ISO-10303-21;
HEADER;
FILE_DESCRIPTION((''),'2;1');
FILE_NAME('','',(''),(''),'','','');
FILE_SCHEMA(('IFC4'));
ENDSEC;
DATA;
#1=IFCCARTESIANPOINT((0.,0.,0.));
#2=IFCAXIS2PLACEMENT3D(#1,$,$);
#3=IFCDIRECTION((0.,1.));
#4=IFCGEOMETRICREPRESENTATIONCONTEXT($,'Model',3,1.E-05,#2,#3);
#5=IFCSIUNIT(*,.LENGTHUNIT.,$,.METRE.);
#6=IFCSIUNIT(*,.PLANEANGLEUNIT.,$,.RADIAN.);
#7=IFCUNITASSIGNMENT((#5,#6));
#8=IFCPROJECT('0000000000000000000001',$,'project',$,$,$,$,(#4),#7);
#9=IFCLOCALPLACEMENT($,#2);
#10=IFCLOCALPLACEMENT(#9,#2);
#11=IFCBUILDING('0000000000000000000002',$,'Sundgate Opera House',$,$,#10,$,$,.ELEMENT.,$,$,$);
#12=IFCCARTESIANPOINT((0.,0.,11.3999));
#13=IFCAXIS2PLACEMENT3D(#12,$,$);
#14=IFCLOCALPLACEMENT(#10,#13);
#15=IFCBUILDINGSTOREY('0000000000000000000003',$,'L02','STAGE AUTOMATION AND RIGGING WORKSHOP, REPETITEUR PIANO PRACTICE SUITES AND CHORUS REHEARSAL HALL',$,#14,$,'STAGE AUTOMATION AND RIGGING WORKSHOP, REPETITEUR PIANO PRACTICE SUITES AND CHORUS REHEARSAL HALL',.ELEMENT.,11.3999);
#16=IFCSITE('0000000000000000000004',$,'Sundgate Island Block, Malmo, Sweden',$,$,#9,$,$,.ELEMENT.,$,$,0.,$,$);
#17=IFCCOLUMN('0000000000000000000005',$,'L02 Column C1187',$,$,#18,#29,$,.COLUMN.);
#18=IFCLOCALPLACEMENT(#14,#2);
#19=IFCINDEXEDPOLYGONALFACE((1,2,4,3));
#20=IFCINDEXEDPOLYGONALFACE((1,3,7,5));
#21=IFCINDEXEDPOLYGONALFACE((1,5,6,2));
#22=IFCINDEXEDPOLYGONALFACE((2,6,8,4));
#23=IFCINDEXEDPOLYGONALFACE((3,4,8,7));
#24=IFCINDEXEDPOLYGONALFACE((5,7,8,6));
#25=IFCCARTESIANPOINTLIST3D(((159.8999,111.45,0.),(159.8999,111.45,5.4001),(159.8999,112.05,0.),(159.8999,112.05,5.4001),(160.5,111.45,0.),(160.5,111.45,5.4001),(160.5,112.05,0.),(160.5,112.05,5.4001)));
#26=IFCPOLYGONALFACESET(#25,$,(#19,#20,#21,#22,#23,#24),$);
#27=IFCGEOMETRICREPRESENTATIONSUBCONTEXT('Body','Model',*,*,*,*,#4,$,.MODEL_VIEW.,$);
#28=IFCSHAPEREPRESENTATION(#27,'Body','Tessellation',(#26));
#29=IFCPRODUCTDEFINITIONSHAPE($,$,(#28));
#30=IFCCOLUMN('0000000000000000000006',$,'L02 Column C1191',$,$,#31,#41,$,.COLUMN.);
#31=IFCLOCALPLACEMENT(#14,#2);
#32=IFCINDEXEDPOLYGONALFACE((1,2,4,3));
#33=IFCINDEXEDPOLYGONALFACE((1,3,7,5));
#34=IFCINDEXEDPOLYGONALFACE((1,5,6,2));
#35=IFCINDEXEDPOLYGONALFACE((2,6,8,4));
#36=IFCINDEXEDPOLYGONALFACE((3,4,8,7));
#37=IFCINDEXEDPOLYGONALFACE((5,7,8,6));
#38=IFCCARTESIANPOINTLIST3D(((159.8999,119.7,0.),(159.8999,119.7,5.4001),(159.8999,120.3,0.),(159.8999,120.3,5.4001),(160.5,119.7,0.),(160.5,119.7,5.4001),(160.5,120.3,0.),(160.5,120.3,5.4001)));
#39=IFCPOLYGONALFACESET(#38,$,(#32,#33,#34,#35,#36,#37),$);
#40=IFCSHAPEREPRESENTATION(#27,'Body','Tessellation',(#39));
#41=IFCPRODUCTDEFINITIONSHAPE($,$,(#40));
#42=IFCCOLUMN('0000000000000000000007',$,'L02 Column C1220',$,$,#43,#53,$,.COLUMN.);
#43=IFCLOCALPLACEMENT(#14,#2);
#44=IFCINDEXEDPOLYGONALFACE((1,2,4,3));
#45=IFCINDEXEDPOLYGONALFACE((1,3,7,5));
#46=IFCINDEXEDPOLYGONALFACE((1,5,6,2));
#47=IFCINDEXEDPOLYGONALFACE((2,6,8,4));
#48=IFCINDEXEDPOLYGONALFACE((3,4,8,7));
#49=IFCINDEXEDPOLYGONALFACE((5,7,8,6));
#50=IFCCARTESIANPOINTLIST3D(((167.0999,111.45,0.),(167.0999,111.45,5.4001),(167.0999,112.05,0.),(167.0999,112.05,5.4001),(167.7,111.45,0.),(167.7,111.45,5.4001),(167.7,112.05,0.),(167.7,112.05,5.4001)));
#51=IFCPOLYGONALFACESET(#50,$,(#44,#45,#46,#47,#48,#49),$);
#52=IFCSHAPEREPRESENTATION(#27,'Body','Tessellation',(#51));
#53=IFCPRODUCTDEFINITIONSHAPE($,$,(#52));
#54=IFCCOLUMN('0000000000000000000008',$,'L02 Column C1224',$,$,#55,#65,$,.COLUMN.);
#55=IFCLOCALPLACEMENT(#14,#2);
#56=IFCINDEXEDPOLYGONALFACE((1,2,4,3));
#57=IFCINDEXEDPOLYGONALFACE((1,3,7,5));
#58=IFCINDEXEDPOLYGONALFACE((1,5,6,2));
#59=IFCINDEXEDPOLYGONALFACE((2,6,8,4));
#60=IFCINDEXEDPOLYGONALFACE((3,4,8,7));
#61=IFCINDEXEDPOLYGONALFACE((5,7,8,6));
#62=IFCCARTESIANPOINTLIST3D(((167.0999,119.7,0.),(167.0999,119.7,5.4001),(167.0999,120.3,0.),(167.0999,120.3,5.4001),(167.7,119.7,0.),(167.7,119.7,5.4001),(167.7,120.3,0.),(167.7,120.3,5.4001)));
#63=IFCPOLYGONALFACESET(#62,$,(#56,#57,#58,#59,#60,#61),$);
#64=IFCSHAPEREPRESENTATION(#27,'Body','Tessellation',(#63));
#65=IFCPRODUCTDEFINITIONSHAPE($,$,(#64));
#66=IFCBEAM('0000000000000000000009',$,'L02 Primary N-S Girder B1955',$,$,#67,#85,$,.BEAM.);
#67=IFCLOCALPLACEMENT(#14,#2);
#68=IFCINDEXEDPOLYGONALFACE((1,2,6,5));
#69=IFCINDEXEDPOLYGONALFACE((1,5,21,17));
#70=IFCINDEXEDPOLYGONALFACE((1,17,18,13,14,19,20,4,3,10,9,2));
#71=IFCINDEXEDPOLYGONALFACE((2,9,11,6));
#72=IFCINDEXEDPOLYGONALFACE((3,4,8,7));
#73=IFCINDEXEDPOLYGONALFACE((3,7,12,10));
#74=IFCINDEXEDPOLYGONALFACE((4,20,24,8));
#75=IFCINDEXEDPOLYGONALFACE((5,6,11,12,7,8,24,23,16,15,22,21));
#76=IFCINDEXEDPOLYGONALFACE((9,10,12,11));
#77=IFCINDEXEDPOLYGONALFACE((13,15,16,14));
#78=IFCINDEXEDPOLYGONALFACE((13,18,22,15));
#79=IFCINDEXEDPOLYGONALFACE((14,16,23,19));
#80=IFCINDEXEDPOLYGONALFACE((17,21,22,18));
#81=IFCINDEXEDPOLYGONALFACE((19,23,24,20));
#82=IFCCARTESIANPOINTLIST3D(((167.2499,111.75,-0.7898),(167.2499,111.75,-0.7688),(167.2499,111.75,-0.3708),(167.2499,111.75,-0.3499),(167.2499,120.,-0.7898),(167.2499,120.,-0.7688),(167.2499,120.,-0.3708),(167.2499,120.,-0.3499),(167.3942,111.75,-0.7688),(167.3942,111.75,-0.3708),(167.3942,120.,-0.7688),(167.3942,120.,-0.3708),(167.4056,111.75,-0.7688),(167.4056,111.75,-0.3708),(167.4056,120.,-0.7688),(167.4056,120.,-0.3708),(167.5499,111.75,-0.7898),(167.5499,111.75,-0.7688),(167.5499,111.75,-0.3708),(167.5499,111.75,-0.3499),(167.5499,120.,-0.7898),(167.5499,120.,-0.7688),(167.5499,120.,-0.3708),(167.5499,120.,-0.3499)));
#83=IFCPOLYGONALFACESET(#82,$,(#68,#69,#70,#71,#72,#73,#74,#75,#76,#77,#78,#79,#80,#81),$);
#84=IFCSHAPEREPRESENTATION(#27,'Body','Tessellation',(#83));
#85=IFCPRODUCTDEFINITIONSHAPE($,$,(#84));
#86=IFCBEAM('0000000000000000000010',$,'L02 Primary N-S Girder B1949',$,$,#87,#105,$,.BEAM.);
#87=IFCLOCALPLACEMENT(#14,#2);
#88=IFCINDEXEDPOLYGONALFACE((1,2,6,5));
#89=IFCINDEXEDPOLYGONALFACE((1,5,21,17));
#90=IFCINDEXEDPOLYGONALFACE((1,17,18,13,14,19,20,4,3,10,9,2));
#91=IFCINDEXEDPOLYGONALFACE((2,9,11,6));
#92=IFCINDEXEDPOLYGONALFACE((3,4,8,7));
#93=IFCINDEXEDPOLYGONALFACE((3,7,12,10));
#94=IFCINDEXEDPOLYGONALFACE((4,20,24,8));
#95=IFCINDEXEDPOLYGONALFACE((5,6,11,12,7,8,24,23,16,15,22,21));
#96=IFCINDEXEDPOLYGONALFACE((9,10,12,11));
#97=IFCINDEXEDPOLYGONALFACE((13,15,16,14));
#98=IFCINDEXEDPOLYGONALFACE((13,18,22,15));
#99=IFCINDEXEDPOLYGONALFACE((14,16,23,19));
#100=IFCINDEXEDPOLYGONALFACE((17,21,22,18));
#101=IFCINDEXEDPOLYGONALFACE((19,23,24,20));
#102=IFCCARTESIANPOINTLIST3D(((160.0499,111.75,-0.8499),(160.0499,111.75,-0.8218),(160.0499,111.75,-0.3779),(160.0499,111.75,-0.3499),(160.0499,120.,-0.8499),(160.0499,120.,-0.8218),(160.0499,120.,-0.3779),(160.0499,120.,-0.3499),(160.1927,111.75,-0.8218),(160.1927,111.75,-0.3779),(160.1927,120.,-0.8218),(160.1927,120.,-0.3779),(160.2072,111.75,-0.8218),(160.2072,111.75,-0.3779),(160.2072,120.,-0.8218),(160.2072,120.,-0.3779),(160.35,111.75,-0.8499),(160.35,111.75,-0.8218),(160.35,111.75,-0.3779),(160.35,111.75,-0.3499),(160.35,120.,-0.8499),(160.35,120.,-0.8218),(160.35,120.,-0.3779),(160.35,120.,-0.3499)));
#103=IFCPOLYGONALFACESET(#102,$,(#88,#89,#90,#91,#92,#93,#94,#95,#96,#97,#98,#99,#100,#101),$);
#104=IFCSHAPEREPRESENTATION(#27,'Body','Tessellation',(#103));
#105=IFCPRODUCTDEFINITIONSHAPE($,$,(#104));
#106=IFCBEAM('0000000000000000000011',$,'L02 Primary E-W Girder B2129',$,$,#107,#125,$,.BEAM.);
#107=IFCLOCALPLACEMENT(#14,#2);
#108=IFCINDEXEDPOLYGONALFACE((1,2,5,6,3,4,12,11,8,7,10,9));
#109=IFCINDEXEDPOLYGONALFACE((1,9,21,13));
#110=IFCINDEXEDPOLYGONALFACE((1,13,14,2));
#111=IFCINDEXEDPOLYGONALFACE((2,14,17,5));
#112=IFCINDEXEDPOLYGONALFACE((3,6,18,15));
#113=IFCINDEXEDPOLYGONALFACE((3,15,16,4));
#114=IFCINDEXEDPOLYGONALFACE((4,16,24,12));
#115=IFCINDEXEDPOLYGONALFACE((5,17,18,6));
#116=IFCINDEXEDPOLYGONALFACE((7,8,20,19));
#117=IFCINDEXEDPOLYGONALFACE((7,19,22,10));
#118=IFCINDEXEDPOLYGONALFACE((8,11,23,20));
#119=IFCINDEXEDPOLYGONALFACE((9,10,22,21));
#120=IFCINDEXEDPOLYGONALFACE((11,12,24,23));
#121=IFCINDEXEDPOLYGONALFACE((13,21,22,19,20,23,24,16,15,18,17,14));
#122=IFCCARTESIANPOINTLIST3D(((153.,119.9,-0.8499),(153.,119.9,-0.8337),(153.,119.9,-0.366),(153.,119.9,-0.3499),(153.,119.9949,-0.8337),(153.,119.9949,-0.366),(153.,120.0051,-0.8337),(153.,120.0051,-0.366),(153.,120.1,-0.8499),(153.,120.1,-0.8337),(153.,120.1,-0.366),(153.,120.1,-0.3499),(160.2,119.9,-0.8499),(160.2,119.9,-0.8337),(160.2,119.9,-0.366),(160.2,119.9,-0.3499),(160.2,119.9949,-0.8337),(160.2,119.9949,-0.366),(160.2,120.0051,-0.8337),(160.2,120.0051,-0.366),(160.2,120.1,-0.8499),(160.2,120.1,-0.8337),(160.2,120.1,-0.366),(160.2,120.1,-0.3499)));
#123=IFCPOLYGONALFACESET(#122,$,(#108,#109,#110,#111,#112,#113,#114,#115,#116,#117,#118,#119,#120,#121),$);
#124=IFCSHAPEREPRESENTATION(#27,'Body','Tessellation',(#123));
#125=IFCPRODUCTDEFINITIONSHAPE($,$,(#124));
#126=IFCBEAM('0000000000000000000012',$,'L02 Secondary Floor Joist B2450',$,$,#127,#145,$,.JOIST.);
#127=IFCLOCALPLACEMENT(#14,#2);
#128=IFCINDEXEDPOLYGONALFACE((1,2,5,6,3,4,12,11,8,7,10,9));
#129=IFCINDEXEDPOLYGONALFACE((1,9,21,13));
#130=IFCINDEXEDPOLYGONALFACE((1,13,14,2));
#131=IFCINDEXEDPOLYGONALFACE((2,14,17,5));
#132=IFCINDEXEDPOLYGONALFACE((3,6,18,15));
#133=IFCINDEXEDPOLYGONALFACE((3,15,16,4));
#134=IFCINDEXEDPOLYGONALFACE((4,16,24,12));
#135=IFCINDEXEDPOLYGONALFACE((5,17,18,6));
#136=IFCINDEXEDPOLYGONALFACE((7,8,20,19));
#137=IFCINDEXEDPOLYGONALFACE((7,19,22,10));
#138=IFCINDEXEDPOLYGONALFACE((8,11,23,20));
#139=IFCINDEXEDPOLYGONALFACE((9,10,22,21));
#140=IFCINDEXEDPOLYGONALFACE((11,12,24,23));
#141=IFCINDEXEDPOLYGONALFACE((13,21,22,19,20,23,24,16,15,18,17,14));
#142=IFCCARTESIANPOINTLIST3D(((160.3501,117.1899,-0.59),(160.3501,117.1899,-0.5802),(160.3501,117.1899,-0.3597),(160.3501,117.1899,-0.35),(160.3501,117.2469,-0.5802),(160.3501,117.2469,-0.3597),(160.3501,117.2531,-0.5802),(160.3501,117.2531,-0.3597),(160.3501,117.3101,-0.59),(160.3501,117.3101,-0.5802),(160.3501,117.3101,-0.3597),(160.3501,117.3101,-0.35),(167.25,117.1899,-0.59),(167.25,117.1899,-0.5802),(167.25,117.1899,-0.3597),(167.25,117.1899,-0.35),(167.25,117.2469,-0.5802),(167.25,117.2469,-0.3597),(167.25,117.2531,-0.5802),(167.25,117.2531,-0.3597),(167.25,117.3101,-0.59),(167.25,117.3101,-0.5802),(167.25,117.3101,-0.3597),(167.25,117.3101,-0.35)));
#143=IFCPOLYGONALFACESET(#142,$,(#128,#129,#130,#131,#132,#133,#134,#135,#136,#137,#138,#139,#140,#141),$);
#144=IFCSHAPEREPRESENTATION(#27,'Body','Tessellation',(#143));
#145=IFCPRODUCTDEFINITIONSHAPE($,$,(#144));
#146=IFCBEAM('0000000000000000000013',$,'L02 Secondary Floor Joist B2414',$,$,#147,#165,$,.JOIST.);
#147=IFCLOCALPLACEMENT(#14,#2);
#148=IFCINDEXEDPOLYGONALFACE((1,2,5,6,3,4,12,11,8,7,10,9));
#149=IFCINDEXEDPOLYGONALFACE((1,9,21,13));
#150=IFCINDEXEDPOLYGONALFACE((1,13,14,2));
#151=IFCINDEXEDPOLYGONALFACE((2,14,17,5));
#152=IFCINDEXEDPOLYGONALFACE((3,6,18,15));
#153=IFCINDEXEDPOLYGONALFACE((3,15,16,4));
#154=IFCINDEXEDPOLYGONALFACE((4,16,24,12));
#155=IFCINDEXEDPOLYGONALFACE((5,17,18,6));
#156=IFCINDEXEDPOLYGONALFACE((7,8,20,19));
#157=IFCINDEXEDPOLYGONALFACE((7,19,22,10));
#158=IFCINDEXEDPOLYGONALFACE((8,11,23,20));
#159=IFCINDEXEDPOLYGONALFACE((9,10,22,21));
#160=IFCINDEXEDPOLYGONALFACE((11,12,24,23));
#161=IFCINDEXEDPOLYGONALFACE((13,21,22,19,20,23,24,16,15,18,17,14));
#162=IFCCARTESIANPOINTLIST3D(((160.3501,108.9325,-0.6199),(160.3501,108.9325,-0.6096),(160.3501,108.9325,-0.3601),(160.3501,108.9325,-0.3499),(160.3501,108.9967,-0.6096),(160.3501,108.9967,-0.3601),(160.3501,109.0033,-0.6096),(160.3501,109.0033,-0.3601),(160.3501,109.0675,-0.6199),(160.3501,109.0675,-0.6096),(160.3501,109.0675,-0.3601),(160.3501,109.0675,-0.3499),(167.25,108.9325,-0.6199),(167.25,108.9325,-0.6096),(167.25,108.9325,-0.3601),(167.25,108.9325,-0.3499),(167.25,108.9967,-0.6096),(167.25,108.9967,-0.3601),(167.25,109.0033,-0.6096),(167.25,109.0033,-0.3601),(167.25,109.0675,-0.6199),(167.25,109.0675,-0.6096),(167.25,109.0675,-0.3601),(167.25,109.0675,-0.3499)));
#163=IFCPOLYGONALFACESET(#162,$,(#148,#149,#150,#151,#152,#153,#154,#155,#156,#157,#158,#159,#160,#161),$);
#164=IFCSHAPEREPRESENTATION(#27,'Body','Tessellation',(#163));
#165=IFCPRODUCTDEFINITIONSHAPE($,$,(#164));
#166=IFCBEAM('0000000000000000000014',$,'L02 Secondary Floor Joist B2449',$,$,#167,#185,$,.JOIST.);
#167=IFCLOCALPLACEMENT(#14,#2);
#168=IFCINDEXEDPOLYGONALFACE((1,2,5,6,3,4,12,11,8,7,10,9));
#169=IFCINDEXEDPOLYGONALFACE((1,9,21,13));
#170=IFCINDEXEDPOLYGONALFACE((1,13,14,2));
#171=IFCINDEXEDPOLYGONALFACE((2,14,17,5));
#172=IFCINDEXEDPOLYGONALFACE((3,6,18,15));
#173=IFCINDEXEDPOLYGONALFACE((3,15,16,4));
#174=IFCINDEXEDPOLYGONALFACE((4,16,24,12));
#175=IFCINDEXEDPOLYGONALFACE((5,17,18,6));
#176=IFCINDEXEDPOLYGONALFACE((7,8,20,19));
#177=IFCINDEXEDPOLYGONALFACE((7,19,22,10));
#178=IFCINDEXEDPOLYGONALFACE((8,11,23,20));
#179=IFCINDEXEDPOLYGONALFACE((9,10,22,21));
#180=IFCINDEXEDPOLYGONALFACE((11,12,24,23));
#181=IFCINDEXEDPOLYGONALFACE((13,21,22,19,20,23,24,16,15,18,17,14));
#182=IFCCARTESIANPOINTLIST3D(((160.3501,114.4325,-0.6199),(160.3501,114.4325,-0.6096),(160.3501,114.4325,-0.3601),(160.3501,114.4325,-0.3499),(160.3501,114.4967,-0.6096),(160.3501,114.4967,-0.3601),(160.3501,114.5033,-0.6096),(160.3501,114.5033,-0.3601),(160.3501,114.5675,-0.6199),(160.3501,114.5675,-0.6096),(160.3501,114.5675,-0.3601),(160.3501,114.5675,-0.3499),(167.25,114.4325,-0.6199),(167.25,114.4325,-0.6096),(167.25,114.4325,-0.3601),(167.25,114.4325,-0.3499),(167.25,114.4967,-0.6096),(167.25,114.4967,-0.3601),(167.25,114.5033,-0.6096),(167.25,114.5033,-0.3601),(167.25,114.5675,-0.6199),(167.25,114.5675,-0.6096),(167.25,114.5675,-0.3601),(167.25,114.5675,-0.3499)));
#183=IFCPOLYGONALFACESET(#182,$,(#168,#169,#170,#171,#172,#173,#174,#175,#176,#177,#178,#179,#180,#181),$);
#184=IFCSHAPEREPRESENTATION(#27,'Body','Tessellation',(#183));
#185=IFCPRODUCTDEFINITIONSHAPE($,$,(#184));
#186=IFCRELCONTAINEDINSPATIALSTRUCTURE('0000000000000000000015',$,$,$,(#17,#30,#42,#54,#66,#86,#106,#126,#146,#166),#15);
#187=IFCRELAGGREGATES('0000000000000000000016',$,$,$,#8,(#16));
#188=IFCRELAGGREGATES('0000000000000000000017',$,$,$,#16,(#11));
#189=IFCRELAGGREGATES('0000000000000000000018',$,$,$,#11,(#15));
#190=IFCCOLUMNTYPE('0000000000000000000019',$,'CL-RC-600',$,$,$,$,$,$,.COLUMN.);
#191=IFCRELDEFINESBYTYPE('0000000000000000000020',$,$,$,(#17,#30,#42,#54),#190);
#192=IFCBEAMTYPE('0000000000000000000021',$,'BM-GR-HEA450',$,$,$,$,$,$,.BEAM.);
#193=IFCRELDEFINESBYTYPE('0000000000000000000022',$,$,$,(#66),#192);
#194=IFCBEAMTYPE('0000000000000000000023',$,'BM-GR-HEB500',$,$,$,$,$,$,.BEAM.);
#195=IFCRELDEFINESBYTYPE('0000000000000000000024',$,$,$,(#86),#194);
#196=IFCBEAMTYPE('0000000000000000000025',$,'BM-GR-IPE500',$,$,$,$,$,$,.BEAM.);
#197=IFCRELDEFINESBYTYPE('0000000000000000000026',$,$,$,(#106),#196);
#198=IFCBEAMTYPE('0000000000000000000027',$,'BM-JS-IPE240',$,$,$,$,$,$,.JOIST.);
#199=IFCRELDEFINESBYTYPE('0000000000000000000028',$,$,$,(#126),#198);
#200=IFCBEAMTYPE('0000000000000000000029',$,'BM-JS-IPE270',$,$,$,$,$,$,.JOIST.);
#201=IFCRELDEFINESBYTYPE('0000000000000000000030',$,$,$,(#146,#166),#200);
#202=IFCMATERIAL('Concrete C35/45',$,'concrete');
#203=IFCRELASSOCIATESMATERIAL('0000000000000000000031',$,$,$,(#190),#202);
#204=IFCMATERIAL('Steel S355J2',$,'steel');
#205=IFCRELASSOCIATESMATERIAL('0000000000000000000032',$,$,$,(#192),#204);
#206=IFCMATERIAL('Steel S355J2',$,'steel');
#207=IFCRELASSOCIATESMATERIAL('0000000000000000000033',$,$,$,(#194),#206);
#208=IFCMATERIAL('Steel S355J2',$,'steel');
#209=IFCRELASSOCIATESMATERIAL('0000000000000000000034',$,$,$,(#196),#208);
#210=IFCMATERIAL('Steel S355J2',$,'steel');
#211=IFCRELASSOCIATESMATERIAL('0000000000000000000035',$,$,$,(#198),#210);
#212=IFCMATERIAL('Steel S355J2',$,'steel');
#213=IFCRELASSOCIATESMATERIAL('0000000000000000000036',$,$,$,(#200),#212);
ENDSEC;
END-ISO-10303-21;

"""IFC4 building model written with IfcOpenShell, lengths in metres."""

from ifc_helpers import new_model, si_unit, direction, frame, origin, origin_2d, place, context, subcontext, project, spatial, rectangle, i_section, extrude, material, material_profile, profile_set, type_object, element, save


model = new_model("IFC4")

# Units and contexts
model_context = context("Model", 3, precision=1e-05, world=origin(), true_north=direction((0.0, 1.0)))
body_context = subcontext(model_context, "Body", "Model", "MODEL_VIEW")
ifc_project = project(units=[si_unit("LENGTHUNIT", "METRE"), si_unit("PLANEANGLEUNIT", "RADIAN")], contexts=[model_context])

# Site, building, storey
site_placement = place(None, origin())
site = spatial("IfcSite", under=ifc_project, at=site_placement, Name="Sundgate Island Block, Malmo, Sweden", CompositionType="ELEMENT", RefElevation=0.0)
building_placement = place(site_placement, origin())
building = spatial("IfcBuilding", under=site, at=building_placement, Name="Sundgate Opera House", CompositionType="ELEMENT")
storey_placement = place(building_placement, frame((0.0, 0.0, 11.3999)))
storey = spatial("IfcBuildingStorey", under=building, at=storey_placement, Name="L02", Description="STAGE AUTOMATION AND RIGGING WORKSHOP, REPETITEUR PIANO PRACTICE SUITES AND CHORUS REHEARSAL HALL", LongName="STAGE AUTOMATION AND RIGGING WORKSHOP, REPETITEUR PIANO PRACTICE SUITES AND CHORUS REHEARSAL HALL", CompositionType="ELEMENT", Elevation=11.3999)

# Columns
ifc_material_1 = material(Name="Concrete C35/45", Category="concrete")
ifc_material_profile_1 = material_profile(ifc_material_1, rectangle(XDim=0.6001, YDim=0.6001, at=origin_2d()), Name="RC 600x600")
ifc_profile_set_1 = profile_set([ifc_material_profile_1], Name="Concrete C35/45")
column_type = type_object("IfcColumnType", Name="CL-RC-600", PredefinedType="COLUMN", material=ifc_profile_set_1)
for number, where, z_axis, x_axis, name in (
    (1, (160.2, 111.75, 0.0), (0.0, 0.0, 1.0), (1.0, 0.0, 0.0), "L02 Column C1187"),
    (2, (160.2, 120.0, 0.0), (0.0, 0.0, 1.0), (1.0, 0.0, 0.0), "L02 Column C1191"),
    (3, (167.3999, 111.75, 0.0), (0.0, 0.0, 1.0), (1.0, 0.0, 0.0), "L02 Column C1220"),
    (4, (167.3999, 120.0, 0.0), (0.0, 0.0, 1.0), (1.0, 0.0, 0.0), "L02 Column C1224"),
):
    element("IfcColumn", number, at=place(storey_placement, frame(where, z_axis=z_axis, x_axis=x_axis)), inside=storey, type_object=column_type, Name=name, PredefinedType="COLUMN", context=body_context, shape_type="SweptSolid", body=[
        extrude(rectangle(XDim=0.6001, YDim=0.6001, at=origin_2d()), origin(), (0.0, 0.0, 1.0), 5.4001),
    ])

# Beams
ifc_material_2 = material(Name="Steel S355J2", Category="steel")
ifc_material_profile_2 = material_profile(ifc_material_2, i_section(OverallWidth=0.3, OverallDepth=0.4399, WebThickness=0.0115, FlangeThickness=0.021, at=origin_2d()), Name="HEA 450")
ifc_profile_set_2 = profile_set([ifc_material_profile_2], Name="Steel S355J2")
beam_type_1 = type_object("IfcBeamType", Name="BM-GR-HEA450", PredefinedType="BEAM", material=ifc_profile_set_2)
beam_1_placement = place(storey_placement, frame((167.3999, 111.75, -0.5698), z_axis=(0.0, 1.0, 0.0), x_axis=(-1.0, 0.0, 0.0)))
element("IfcBeam", 5, at=beam_1_placement, inside=storey, type_object=beam_type_1, Name="L02 Primary N-S Girder B1955", PredefinedType="BEAM", context=body_context, shape_type="SweptSolid", body=[
    extrude(i_section(OverallWidth=0.3, OverallDepth=0.4399, WebThickness=0.0115, FlangeThickness=0.021, at=origin_2d()), origin(), (0.0, 0.0, 1.0), 8.25),
])
ifc_material_3 = material(Name="Steel S355J2", Category="steel")
ifc_material_profile_3 = material_profile(ifc_material_3, i_section(OverallWidth=0.3, OverallDepth=0.5, WebThickness=0.0144, FlangeThickness=0.0281, at=origin_2d()), Name="HEB 500")
ifc_profile_set_3 = profile_set([ifc_material_profile_3], Name="Steel S355J2")
beam_type_2 = type_object("IfcBeamType", Name="BM-GR-HEB500", PredefinedType="BEAM", material=ifc_profile_set_3)
beam_2_placement = place(storey_placement, frame((160.2, 111.75, -0.5999), z_axis=(0.0, 1.0, 0.0), x_axis=(-1.0, 0.0, 0.0)))
element("IfcBeam", 6, at=beam_2_placement, inside=storey, type_object=beam_type_2, Name="L02 Primary N-S Girder B1949", PredefinedType="BEAM", context=body_context, shape_type="SweptSolid", body=[
    extrude(i_section(OverallWidth=0.3, OverallDepth=0.5, WebThickness=0.0144, FlangeThickness=0.0281, at=origin_2d()), origin(), (0.0, 0.0, 1.0), 8.25),
])
ifc_material_4 = material(Name="Steel S355J2", Category="steel")
ifc_material_profile_4 = material_profile(ifc_material_4, i_section(OverallWidth=0.2, OverallDepth=0.5, WebThickness=0.0103, FlangeThickness=0.0161, at=origin_2d()), Name="IPE 500")
ifc_profile_set_4 = profile_set([ifc_material_profile_4], Name="Steel S355J2")
beam_type_3 = type_object("IfcBeamType", Name="BM-GR-IPE500", PredefinedType="BEAM", material=ifc_profile_set_4)
beam_3_placement = place(storey_placement, frame((153.0, 120.0, -0.5999), z_axis=(1.0, 0.0, 0.0), x_axis=(0.0, 1.0, 0.0)))
element("IfcBeam", 7, at=beam_3_placement, inside=storey, type_object=beam_type_3, Name="L02 Primary E-W Girder B2129", PredefinedType="BEAM", context=body_context, shape_type="SweptSolid", body=[
    extrude(i_section(OverallWidth=0.2, OverallDepth=0.5, WebThickness=0.0103, FlangeThickness=0.0161, at=origin_2d()), origin(), (0.0, 0.0, 1.0), 7.2),
])
ifc_material_5 = material(Name="Steel S355J2", Category="steel")
ifc_material_profile_5 = material_profile(ifc_material_5, i_section(OverallWidth=0.1201, OverallDepth=0.24, WebThickness=0.0061, FlangeThickness=0.0098, at=origin_2d()), Name="IPE 240")
ifc_profile_set_5 = profile_set([ifc_material_profile_5], Name="Steel S355J2")
beam_type_4 = type_object("IfcBeamType", Name="BM-JS-IPE240", PredefinedType="JOIST", material=ifc_profile_set_5)
beam_4_placement = place(storey_placement, frame((160.3501, 117.25, -0.47), z_axis=(1.0, 0.0, 0.0), x_axis=(0.0, 1.0, 0.0)))
element("IfcBeam", 8, at=beam_4_placement, inside=storey, type_object=beam_type_4, Name="L02 Secondary Floor Joist B2450", PredefinedType="JOIST", context=body_context, shape_type="SweptSolid", body=[
    extrude(i_section(OverallWidth=0.1201, OverallDepth=0.24, WebThickness=0.0061, FlangeThickness=0.0098, at=origin_2d()), origin(), (0.0, 0.0, 1.0), 6.8999),
])
ifc_material_6 = material(Name="Steel S355J2", Category="steel")
ifc_material_profile_6 = material_profile(ifc_material_6, i_section(OverallWidth=0.135, OverallDepth=0.27, WebThickness=0.0066, FlangeThickness=0.0103, at=origin_2d()), Name="IPE 270")
ifc_profile_set_6 = profile_set([ifc_material_profile_6], Name="Steel S355J2")
beam_type_5 = type_object("IfcBeamType", Name="BM-JS-IPE270", PredefinedType="JOIST", material=ifc_profile_set_6)
for number, where, z_axis, x_axis, name in (
    (9, (160.3501, 109.0, -0.4849), (1.0, 0.0, 0.0), (0.0, 1.0, 0.0), "L02 Secondary Floor Joist B2414"),
    (10, (160.3501, 114.5, -0.4849), (1.0, 0.0, 0.0), (0.0, 1.0, 0.0), "L02 Secondary Floor Joist B2449"),
):
    element("IfcBeam", number, at=place(storey_placement, frame(where, z_axis=z_axis, x_axis=x_axis)), inside=storey, type_object=beam_type_5, Name=name, PredefinedType="JOIST", context=body_context, shape_type="SweptSolid", body=[
        extrude(i_section(OverallWidth=0.135, OverallDepth=0.27, WebThickness=0.0066, FlangeThickness=0.0103, at=origin_2d()), origin(), (0.0, 0.0, 1.0), 6.8999),
    ])

save(model, "model.ifc")
